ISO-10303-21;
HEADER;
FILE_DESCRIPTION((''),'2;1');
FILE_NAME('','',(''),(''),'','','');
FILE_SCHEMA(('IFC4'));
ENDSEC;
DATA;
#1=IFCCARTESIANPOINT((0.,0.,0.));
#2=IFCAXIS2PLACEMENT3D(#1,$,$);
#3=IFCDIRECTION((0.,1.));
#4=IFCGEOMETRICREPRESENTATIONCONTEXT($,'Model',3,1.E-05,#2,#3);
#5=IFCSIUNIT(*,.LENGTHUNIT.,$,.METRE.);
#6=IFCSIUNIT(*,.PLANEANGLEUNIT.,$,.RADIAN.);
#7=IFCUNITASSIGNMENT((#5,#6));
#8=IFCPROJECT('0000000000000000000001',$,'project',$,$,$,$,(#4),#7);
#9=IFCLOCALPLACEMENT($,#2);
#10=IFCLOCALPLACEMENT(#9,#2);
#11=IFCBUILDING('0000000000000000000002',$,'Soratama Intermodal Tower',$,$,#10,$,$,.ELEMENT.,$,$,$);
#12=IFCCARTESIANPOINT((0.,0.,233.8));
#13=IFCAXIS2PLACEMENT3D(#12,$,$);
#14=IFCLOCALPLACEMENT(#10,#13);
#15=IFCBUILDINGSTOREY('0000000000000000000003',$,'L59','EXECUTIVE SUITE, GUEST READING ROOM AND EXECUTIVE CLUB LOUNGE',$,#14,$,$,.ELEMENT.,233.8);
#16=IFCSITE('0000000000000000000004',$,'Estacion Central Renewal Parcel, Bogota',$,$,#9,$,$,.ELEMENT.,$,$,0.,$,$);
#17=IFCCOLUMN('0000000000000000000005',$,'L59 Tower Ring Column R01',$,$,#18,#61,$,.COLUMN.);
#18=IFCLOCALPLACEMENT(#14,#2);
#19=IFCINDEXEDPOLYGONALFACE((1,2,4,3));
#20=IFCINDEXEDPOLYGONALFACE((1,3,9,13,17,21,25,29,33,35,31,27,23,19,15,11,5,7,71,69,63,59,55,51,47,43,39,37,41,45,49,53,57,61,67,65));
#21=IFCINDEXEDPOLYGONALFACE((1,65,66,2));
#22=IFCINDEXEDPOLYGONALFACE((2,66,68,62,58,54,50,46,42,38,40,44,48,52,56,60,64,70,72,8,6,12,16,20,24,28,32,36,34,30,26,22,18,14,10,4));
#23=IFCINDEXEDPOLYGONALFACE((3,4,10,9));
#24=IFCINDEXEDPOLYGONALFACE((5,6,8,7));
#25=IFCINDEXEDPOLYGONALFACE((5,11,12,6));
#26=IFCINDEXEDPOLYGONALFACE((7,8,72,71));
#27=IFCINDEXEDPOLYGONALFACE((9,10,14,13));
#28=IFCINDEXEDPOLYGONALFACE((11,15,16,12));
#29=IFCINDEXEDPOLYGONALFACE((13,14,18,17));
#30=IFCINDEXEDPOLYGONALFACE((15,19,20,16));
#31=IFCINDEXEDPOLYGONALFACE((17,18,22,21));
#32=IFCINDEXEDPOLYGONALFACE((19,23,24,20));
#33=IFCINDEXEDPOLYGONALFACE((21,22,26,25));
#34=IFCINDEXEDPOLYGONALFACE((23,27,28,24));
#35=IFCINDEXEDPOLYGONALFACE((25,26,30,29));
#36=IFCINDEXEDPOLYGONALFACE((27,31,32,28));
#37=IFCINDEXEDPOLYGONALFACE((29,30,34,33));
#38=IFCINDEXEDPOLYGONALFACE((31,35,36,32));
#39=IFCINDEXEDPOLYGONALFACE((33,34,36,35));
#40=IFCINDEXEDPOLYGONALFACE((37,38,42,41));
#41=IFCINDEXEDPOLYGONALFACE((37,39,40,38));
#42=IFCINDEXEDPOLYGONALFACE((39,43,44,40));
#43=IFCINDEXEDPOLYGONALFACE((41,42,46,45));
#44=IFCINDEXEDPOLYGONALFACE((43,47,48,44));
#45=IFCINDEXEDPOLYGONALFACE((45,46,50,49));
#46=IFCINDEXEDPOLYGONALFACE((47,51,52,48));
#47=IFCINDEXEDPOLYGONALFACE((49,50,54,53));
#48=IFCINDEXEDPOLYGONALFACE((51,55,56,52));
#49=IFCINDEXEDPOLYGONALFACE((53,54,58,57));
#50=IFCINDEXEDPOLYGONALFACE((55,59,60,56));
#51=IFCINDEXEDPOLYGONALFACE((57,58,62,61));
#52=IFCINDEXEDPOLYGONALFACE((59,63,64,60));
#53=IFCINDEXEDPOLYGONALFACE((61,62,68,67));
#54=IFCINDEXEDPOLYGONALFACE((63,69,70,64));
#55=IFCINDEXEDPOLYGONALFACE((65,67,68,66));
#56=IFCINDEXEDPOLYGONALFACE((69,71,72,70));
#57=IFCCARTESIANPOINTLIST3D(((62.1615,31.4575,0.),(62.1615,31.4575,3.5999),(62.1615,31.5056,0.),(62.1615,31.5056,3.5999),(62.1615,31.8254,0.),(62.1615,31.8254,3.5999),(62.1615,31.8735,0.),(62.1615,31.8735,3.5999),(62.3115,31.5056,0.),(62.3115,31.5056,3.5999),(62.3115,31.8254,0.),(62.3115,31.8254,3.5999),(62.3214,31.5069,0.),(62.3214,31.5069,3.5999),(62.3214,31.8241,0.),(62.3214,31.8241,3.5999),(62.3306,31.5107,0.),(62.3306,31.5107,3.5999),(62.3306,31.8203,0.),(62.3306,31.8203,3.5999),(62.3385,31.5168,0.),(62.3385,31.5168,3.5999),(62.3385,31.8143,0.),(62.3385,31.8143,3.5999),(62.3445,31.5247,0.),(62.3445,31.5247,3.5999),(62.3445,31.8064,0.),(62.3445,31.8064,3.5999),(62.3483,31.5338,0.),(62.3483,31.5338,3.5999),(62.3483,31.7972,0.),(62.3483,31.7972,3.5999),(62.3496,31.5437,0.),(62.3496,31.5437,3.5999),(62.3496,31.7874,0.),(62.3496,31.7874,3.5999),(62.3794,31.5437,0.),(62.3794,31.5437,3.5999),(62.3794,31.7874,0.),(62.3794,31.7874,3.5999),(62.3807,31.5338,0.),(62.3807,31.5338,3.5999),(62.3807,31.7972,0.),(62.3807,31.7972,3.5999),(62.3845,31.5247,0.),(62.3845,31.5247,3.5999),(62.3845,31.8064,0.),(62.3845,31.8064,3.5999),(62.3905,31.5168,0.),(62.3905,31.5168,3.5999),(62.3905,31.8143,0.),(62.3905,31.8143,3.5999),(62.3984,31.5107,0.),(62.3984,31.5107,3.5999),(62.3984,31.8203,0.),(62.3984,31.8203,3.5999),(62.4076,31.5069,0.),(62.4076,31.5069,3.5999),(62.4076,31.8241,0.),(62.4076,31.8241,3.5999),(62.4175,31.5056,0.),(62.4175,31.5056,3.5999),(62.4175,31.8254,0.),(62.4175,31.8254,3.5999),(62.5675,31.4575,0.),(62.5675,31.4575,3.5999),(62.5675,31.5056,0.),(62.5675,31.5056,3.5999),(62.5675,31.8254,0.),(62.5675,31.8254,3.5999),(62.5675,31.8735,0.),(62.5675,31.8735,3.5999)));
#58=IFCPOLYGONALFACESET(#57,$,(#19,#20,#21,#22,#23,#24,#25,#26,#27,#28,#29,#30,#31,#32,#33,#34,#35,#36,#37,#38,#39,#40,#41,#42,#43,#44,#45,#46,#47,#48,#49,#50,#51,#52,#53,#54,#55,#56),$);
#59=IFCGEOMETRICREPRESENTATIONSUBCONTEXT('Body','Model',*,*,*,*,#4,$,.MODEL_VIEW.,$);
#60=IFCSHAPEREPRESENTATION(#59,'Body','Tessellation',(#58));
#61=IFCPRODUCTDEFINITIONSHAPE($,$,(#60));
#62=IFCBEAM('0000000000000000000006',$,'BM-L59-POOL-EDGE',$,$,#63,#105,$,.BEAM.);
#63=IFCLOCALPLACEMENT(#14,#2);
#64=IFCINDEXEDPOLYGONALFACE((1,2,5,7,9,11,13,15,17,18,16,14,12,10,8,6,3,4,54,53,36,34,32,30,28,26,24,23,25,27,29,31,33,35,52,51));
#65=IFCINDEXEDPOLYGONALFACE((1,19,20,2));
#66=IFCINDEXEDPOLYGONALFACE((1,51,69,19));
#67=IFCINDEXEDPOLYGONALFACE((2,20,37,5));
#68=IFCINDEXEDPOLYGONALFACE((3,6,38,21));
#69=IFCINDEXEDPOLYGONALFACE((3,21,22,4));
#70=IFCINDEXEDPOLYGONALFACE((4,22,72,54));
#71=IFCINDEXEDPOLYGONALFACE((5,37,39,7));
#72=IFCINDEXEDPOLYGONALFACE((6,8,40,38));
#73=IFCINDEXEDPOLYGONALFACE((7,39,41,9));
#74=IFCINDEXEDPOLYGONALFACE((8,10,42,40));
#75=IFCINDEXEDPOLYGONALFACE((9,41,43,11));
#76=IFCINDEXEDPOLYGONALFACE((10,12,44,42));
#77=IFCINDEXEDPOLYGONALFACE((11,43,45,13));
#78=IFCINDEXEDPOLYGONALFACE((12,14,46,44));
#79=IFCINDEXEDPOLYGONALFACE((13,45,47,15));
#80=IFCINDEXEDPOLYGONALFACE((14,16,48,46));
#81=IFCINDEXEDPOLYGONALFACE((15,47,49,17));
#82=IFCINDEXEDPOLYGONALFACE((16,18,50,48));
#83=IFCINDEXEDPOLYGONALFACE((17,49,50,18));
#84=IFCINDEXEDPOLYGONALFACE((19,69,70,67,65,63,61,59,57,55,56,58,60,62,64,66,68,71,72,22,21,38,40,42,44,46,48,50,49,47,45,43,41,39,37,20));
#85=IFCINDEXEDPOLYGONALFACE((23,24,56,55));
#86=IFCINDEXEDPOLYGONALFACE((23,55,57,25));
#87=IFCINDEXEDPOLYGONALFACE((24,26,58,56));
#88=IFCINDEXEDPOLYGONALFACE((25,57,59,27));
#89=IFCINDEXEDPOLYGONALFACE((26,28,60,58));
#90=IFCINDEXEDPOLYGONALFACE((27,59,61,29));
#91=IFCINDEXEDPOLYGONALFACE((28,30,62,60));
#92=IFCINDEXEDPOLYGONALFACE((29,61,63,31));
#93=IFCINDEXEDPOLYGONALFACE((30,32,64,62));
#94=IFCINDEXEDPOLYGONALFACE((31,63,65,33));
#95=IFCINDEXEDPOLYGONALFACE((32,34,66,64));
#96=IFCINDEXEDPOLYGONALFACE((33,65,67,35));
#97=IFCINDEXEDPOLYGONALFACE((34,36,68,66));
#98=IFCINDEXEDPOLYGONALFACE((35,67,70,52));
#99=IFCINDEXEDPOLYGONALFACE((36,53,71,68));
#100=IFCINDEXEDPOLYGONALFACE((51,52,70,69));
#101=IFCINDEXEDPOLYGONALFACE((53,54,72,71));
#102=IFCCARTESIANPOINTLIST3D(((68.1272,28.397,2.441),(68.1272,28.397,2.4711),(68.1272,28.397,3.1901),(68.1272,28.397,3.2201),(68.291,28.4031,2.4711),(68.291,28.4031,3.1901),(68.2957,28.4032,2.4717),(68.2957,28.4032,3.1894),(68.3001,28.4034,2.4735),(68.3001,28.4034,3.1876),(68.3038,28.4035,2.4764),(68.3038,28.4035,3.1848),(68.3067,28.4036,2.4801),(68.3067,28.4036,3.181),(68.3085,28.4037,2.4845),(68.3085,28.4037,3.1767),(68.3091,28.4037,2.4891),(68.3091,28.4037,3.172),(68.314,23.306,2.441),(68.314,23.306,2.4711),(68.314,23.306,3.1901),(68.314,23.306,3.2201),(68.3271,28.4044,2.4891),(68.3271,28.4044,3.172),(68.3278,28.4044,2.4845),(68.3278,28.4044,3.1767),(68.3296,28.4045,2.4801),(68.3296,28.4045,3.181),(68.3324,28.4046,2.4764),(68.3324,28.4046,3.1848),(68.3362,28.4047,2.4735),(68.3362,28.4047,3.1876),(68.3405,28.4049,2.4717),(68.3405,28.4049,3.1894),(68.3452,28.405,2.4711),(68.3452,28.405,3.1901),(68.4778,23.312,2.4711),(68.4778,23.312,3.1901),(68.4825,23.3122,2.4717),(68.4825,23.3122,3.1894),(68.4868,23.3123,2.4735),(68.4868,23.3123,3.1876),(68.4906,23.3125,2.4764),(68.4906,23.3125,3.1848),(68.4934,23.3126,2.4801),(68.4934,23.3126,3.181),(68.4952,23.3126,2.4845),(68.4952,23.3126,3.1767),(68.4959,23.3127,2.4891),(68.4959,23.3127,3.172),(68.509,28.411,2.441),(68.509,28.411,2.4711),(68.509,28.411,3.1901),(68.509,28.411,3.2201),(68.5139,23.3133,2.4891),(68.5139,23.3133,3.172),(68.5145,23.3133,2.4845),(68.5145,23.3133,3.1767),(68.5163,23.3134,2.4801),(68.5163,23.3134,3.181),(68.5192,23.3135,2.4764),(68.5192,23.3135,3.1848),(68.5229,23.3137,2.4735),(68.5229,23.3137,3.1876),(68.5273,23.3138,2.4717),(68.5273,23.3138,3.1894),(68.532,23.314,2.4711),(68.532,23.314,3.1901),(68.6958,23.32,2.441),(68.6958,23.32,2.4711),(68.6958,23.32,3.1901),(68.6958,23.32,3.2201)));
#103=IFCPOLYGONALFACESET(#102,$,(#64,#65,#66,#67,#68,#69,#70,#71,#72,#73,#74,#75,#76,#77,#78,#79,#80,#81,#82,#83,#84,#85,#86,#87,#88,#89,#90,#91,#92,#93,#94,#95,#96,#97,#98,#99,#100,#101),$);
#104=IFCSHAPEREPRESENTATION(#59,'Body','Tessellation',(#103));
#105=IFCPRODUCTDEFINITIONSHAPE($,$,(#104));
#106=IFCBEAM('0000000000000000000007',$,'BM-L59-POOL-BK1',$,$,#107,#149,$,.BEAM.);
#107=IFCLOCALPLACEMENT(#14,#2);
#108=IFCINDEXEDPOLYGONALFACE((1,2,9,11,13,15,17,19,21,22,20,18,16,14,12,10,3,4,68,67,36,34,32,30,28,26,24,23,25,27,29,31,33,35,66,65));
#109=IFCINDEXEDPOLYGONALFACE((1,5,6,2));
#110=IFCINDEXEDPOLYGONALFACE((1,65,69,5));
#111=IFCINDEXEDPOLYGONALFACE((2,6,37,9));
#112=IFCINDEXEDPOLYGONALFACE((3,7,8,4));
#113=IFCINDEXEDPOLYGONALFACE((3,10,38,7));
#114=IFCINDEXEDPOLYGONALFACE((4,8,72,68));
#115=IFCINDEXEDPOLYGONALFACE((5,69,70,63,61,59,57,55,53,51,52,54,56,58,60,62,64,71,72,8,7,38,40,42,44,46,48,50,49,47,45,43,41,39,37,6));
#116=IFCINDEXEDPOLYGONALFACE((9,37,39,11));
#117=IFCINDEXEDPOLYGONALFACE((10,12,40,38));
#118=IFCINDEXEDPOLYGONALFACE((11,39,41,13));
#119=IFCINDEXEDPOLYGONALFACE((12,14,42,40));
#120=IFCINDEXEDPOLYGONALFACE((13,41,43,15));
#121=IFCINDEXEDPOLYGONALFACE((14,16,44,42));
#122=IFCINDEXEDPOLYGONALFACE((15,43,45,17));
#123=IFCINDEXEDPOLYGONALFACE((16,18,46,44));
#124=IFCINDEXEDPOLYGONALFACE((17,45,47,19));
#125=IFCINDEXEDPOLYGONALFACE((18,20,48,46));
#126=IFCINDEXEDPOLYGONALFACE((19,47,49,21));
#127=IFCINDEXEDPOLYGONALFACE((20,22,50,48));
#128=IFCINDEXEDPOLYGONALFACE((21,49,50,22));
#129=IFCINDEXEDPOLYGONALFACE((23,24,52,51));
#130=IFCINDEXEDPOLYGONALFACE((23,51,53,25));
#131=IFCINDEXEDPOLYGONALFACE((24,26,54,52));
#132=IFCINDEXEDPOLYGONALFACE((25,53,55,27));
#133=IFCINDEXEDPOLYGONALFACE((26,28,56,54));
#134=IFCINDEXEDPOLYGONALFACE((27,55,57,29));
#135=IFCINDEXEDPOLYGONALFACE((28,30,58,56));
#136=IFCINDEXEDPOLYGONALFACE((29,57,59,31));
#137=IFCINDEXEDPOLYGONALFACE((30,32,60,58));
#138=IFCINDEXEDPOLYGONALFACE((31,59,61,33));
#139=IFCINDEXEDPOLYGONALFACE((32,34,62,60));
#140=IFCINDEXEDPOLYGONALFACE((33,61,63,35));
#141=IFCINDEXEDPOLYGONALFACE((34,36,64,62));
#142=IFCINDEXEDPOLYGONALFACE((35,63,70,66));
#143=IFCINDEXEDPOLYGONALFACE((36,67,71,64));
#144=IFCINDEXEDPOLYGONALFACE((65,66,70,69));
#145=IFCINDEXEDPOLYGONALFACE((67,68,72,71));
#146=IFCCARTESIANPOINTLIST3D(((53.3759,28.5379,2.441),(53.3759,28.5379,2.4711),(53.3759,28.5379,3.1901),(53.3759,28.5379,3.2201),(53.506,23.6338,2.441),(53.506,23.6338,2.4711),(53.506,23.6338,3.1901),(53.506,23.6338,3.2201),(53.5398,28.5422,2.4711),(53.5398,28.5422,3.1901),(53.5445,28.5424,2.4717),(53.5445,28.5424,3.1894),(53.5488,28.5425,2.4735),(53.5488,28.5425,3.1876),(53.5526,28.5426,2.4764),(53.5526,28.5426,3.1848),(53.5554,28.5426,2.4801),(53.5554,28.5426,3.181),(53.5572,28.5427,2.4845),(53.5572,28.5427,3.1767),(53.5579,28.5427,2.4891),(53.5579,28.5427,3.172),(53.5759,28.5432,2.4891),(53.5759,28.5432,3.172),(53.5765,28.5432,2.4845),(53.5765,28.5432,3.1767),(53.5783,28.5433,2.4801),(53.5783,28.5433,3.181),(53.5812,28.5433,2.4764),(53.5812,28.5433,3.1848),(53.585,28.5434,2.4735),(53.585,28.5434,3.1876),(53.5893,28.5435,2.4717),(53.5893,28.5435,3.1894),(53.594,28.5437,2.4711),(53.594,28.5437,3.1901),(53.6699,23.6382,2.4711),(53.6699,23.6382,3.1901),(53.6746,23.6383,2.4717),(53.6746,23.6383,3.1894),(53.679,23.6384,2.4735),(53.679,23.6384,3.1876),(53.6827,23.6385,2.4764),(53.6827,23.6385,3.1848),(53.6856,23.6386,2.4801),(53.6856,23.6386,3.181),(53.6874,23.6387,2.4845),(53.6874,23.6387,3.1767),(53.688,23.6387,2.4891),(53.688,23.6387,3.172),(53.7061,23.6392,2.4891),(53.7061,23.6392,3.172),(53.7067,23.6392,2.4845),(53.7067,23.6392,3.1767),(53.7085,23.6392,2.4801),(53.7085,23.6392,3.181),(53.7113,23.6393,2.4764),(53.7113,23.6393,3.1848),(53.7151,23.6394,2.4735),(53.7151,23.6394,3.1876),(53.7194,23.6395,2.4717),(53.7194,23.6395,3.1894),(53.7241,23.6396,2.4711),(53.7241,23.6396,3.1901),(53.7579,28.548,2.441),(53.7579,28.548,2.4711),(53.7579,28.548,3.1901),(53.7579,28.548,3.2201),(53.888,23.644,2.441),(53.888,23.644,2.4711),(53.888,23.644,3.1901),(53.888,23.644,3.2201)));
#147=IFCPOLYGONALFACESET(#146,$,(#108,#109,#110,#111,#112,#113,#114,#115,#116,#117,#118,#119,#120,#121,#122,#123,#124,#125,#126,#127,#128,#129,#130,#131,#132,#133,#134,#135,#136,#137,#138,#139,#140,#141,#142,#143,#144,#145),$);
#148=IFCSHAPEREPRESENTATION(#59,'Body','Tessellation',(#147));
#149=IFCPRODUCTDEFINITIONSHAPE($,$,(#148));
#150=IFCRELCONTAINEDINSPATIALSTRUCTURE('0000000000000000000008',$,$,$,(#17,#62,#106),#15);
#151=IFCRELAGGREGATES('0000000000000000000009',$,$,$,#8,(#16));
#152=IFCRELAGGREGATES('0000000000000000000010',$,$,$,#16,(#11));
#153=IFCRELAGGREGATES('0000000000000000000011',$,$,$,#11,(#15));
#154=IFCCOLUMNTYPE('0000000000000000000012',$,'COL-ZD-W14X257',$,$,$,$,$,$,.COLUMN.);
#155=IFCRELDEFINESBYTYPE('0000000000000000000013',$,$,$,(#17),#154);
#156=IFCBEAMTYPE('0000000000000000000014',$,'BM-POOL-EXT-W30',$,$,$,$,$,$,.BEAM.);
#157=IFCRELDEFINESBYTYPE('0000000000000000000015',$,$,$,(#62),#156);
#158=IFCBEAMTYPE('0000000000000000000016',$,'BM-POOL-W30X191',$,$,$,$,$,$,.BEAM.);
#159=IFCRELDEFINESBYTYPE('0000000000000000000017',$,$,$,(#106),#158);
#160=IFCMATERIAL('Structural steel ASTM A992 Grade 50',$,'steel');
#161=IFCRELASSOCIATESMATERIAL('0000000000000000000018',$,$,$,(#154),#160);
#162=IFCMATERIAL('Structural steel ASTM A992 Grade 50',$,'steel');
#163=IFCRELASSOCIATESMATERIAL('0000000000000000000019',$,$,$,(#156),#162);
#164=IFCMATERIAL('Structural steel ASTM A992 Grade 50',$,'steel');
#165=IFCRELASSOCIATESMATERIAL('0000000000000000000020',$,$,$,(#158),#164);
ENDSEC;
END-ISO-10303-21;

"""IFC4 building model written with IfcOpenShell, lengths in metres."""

from ifc_helpers import new_model, si_unit, direction, frame, origin, origin_2d, place, context, subcontext, project, spatial, i_section, extrude, material, material_profile, profile_set, type_object, element, save


model = new_model("IFC4")

# Units and contexts
model_context = context("Model", 3, precision=1e-05, world=origin(), true_north=direction((0.0, 1.0)))
body_context = subcontext(model_context, "Body", "Model", "MODEL_VIEW")
ifc_project = project(units=[si_unit("LENGTHUNIT", "METRE"), si_unit("PLANEANGLEUNIT", "RADIAN")], contexts=[model_context])

# Site, building, storey
site_placement = place(None, origin())
site = spatial("IfcSite", under=ifc_project, at=site_placement, Name="Estacion Central Renewal Parcel, Bogota", CompositionType="ELEMENT", RefElevation=0.0)
building_placement = place(site_placement, origin())
building = spatial("IfcBuilding", under=site, at=building_placement, Name="Soratama Intermodal Tower", CompositionType="ELEMENT")
storey_placement = place(building_placement, frame((0.0, 0.0, 233.8)))
storey = spatial("IfcBuildingStorey", under=building, at=storey_placement, Name="L59", Description="EXECUTIVE SUITE, GUEST READING ROOM AND EXECUTIVE CLUB LOUNGE", CompositionType="ELEMENT", Elevation=233.8)

# Column
ifc_material_1 = material(Name="Structural steel ASTM A992 Grade 50", Category="steel")
ifc_material_profile_1 = material_profile(ifc_material_1, i_section(OverallWidth=0.406, OverallDepth=0.416, WebThickness=0.0298, FlangeThickness=0.0481, FilletRadius=0.0381, at=origin_2d()), Name="W14X257")
ifc_profile_set_1 = profile_set([ifc_material_profile_1], Name="Structural steel ASTM A992 Grade 50")
column_type = type_object("IfcColumnType", Name="COL-ZD-W14X257", PredefinedType="COLUMN", material=ifc_profile_set_1)
column_placement = place(storey_placement, frame((62.3645, 31.6655, 0.0), z_axis=(0.0, 0.0, 1.0), x_axis=(1.0, 0.0, 0.0)))
element("IfcColumn", 1, at=column_placement, inside=storey, type_object=column_type, Name="L59 Tower Ring Column R01", PredefinedType="COLUMN", context=body_context, shape_type="SweptSolid", body=[
    extrude(i_section(OverallWidth=0.406, OverallDepth=0.416, WebThickness=0.0298, FlangeThickness=0.0481, FilletRadius=0.0381, at=origin_2d()), origin(), (0.0, 0.0, 1.0), 3.5999),
])

# Beams
ifc_material_2 = material(Name="Structural steel ASTM A992 Grade 50", Category="steel")
ifc_material_profile_2 = material_profile(ifc_material_2, i_section(OverallWidth=0.3821, OverallDepth=0.7791, WebThickness=0.0181, FlangeThickness=0.03, FilletRadius=0.0181, at=origin_2d()), Name="W30X191")
ifc_profile_set_2 = profile_set([ifc_material_profile_2], Name="Structural steel ASTM A992 Grade 50")
beam_type_1 = type_object("IfcBeamType", Name="BM-POOL-EXT-W30", PredefinedType="BEAM", material=ifc_profile_set_2)
beam_1_placement = place(storey_placement, frame((68.5049, 23.313, 2.8306), z_axis=(-0.036661, 0.999328, 0.0), x_axis=(-0.999328, -0.036661, 0.0)))
element("IfcBeam", 2, at=beam_1_placement, inside=storey, type_object=beam_type_1, Name="BM-L59-POOL-EDGE", PredefinedType="BEAM", context=body_context, shape_type="SweptSolid", body=[
    extrude(i_section(OverallWidth=0.3821, OverallDepth=0.7791, WebThickness=0.0181, FlangeThickness=0.03, FilletRadius=0.0181, at=origin_2d()), origin(), (0.0, 0.0, 1.0), 5.0945),
])
ifc_material_3 = material(Name="Structural steel ASTM A992 Grade 50", Category="steel")
ifc_material_profile_3 = material_profile(ifc_material_3, i_section(OverallWidth=0.3821, OverallDepth=0.7791, WebThickness=0.0181, FlangeThickness=0.03, FilletRadius=0.0181, at=origin_2d()), Name="W30X191")
ifc_profile_set_3 = profile_set([ifc_material_profile_3], Name="Structural steel ASTM A992 Grade 50")
beam_type_2 = type_object("IfcBeamType", Name="BM-POOL-W30X191", PredefinedType="BEAM", material=ifc_profile_set_3)
beam_2_placement = place(storey_placement, frame((53.697, 23.6389, 2.8306), z_axis=(-0.026525, 0.999648, 0.0), x_axis=(-0.999648, -0.026525, 0.0)))
element("IfcBeam", 3, at=beam_2_placement, inside=storey, type_object=beam_type_2, Name="BM-L59-POOL-BK1", PredefinedType="BEAM", context=body_context, shape_type="SweptSolid", body=[
    extrude(i_section(OverallWidth=0.3821, OverallDepth=0.7791, WebThickness=0.0181, FlangeThickness=0.03, FilletRadius=0.0181, at=origin_2d()), origin(), (0.0, 0.0, 1.0), 4.9058),
])

save(model, "model.ifc")
